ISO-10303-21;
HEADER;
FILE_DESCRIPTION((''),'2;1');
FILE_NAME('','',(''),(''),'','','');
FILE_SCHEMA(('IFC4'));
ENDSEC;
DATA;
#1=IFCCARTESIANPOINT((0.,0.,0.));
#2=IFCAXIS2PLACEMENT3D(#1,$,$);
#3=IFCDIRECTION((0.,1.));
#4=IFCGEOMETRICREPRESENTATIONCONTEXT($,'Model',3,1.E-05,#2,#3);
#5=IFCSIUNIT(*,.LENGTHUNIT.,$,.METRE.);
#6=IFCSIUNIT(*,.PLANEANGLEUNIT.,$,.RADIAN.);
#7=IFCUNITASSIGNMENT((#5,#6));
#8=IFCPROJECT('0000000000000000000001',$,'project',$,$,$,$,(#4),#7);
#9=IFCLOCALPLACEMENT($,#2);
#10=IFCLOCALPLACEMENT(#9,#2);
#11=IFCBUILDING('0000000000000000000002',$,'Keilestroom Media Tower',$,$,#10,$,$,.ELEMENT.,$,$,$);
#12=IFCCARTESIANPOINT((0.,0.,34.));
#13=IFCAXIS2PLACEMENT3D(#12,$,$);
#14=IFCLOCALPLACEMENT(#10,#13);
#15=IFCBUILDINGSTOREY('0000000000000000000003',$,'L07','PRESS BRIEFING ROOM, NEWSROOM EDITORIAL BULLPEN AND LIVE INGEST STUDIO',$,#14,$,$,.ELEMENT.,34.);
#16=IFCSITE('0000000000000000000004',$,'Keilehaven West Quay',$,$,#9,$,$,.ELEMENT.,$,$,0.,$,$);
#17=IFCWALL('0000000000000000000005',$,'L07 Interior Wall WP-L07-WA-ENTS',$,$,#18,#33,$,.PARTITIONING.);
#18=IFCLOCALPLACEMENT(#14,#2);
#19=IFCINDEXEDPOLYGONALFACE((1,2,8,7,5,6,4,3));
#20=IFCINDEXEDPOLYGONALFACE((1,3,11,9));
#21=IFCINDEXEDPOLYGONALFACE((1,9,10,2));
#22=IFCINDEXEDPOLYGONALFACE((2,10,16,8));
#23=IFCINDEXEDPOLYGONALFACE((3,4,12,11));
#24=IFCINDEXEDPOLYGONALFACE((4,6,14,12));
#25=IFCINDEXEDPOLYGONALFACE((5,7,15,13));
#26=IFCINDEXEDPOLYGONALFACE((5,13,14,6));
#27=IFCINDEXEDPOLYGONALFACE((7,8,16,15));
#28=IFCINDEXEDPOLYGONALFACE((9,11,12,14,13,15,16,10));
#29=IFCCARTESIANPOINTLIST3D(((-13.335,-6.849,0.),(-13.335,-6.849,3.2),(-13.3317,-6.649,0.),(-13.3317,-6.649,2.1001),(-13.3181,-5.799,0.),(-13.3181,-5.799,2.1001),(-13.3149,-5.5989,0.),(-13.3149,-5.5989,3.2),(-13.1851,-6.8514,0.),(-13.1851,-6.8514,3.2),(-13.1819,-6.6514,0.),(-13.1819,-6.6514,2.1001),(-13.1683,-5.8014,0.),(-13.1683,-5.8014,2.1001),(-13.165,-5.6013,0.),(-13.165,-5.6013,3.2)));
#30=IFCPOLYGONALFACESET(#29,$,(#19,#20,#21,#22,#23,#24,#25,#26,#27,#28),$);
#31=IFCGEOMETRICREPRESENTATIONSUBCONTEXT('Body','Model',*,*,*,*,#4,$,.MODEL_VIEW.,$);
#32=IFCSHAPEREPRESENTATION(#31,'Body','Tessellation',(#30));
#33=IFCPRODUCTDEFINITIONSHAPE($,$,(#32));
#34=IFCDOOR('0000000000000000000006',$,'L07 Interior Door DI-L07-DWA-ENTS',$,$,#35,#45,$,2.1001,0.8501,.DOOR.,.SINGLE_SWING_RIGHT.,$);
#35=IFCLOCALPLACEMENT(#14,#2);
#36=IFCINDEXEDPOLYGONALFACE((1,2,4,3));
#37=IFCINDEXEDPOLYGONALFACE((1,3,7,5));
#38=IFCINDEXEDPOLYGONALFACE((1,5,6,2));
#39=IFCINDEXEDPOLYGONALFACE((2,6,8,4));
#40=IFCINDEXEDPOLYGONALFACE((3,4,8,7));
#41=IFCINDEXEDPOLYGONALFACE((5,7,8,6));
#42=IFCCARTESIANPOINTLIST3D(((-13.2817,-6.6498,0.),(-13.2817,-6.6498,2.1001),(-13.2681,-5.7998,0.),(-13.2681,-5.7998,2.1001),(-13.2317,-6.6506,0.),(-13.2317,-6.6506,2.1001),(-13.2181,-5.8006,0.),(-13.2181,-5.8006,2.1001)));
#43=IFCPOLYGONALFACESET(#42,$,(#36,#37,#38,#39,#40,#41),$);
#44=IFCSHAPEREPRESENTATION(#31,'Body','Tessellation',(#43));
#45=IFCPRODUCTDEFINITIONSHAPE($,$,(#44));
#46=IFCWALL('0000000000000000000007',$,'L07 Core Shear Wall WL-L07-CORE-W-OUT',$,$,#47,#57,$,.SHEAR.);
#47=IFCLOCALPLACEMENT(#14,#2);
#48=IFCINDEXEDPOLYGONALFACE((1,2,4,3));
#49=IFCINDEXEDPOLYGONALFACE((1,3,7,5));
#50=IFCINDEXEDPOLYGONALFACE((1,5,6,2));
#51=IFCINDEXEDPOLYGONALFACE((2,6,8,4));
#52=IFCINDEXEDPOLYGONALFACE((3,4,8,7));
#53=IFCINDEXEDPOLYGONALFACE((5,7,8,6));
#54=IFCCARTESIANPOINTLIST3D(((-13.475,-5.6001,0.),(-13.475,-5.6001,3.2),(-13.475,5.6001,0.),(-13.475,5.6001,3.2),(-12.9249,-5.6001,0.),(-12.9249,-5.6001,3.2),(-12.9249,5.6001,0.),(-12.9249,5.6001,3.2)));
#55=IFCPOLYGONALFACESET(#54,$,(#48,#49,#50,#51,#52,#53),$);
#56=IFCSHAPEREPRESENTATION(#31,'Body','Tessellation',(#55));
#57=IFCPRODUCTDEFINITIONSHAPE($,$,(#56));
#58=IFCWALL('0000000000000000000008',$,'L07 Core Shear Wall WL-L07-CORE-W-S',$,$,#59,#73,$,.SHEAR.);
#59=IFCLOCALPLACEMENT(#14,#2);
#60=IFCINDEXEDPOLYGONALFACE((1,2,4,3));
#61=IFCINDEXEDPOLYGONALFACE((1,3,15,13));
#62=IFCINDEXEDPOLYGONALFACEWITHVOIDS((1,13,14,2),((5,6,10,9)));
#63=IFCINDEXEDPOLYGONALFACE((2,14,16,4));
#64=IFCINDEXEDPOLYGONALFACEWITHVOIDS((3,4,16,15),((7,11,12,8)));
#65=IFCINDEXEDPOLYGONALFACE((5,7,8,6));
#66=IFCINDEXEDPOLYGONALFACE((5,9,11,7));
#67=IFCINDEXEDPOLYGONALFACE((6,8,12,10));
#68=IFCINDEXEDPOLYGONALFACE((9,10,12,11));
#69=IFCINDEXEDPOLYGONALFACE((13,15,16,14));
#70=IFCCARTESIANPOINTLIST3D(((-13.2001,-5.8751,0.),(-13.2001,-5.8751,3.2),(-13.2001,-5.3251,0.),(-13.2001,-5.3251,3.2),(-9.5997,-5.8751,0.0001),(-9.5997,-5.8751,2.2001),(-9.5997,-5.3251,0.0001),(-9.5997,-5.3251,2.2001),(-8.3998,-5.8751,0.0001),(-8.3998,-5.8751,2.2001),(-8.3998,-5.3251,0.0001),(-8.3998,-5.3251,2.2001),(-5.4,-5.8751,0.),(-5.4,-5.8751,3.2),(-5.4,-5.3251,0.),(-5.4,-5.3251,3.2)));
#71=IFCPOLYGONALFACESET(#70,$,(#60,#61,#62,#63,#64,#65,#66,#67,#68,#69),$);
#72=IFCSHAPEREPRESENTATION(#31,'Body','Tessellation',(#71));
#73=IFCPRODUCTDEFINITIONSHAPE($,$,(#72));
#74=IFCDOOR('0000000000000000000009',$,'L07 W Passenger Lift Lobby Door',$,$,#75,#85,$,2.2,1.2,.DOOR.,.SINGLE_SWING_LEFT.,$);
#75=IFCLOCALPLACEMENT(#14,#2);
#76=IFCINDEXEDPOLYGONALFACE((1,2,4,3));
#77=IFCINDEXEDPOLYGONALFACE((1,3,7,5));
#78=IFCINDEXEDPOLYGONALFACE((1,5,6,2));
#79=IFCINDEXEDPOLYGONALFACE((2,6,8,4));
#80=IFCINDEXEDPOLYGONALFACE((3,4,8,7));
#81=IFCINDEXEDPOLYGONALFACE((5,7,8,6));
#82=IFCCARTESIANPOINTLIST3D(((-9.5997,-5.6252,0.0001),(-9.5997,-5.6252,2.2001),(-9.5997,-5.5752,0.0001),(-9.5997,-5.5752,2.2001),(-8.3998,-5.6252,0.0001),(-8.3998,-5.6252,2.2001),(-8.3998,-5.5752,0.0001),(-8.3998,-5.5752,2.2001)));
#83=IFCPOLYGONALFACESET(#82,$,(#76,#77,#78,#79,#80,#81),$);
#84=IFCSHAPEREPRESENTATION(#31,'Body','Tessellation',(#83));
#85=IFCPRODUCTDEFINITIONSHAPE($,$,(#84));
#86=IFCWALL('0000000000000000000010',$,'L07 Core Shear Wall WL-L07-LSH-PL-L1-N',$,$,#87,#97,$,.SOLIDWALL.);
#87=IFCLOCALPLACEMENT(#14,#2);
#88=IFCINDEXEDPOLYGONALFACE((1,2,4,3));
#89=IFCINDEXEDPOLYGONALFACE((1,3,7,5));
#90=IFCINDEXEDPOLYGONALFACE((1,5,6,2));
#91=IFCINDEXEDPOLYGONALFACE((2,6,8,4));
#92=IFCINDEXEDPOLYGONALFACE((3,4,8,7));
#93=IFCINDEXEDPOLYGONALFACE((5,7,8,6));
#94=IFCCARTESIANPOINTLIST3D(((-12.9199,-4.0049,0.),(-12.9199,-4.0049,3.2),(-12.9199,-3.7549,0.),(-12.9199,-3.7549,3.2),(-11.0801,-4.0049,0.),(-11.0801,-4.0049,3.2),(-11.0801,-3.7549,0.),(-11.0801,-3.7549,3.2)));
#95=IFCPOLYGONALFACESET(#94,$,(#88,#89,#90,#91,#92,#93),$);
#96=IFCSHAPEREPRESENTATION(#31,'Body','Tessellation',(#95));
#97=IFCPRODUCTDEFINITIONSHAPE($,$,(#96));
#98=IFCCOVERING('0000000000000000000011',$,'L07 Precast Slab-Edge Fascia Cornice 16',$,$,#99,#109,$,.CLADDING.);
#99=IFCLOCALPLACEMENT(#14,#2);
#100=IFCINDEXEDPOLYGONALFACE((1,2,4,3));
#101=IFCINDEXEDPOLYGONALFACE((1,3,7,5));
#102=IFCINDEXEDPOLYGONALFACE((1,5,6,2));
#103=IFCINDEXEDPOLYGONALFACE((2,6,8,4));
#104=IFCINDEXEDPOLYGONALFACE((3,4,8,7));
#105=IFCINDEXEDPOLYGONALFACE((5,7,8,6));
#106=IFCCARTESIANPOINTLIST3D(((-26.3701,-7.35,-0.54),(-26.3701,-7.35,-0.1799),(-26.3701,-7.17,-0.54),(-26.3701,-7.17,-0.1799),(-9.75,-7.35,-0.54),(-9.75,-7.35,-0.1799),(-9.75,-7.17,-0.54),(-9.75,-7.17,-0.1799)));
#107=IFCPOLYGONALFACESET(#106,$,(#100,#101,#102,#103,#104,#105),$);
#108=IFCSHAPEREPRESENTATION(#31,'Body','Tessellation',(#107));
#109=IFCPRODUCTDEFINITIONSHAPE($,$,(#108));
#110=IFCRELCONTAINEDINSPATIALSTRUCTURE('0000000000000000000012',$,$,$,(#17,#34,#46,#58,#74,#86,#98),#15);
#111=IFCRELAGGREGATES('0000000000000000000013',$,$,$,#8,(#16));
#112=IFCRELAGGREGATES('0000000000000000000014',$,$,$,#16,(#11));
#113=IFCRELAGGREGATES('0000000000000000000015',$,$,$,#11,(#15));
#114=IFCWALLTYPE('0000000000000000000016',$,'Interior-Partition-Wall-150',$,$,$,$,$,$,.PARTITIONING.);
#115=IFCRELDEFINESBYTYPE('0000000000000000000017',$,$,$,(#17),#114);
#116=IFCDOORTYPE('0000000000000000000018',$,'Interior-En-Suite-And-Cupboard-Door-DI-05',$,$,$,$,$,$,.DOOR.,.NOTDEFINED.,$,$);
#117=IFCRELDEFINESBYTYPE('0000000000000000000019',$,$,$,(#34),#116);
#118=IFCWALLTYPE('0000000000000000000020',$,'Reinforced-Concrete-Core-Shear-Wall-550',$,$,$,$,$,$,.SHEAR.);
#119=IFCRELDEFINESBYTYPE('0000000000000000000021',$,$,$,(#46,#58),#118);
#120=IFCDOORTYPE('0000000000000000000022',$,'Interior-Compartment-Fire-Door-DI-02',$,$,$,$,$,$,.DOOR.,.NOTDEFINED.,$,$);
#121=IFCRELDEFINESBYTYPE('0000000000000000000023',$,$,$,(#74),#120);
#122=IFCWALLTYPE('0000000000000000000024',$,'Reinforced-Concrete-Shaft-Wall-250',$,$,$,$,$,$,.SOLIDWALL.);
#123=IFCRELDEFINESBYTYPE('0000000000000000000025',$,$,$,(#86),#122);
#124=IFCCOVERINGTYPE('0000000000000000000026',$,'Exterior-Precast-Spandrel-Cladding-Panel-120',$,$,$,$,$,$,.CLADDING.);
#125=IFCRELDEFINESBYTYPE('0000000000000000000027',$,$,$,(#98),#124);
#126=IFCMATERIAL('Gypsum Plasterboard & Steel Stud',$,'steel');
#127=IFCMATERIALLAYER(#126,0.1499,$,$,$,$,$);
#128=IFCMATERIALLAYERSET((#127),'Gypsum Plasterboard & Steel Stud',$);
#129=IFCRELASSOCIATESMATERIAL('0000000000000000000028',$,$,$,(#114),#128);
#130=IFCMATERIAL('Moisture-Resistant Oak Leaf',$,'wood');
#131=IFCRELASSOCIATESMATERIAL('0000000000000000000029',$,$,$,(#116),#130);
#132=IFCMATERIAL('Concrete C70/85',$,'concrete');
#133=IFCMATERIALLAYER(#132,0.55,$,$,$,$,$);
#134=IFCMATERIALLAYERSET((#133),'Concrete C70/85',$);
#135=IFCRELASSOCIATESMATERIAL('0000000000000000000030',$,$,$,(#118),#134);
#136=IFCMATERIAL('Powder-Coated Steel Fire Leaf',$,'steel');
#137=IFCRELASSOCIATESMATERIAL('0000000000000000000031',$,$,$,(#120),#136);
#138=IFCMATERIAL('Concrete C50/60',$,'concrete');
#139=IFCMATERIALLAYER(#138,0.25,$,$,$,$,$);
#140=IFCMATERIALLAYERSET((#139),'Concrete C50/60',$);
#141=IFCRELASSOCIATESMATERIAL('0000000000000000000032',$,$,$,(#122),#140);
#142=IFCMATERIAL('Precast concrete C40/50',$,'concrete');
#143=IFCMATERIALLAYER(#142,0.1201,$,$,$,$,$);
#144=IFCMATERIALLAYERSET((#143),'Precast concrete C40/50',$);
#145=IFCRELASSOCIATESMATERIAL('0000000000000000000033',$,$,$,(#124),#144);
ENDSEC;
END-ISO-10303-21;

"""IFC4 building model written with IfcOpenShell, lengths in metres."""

from ifc_helpers import new_model, si_unit, direction, frame, frame_2d, origin, origin_2d, place, context, subcontext, project, spatial, rectangle, extrude, source, transform, mapped, material, layer, layer_set, type_object, element, fill, save


model = new_model("IFC4")

# Units and contexts
model_context = context("Model", 3, precision=1e-05, world=origin(), true_north=direction((0.0, 1.0)))
body_context = subcontext(model_context, "Body", "Model", "MODEL_VIEW")
ifc_project = project(units=[si_unit("LENGTHUNIT", "METRE"), si_unit("PLANEANGLEUNIT", "RADIAN")], contexts=[model_context])

# Site, building, storey
site_placement = place(None, origin())
site = spatial("IfcSite", under=ifc_project, at=site_placement, Name="Keilehaven West Quay", CompositionType="ELEMENT", RefElevation=0.0)
building_placement = place(site_placement, origin())
building = spatial("IfcBuilding", under=site, at=building_placement, Name="Keilestroom Media Tower", CompositionType="ELEMENT")
storey_placement = place(building_placement, frame((0.0, 0.0, 34.0)))
storey = spatial("IfcBuildingStorey", under=building, at=storey_placement, Name="L07", Description="PRESS BRIEFING ROOM, NEWSROOM EDITORIAL BULLPEN AND LIVE INGEST STUDIO", CompositionType="ELEMENT", Elevation=34.0)

# Shared definitions
ifc_material_1 = material(Name="Precast concrete C40/50", Category="concrete")

# Wall, opening, door
ifc_material_2 = material(Name="Gypsum Plasterboard & Steel Stud", Category="steel")
ifc_layer_1 = layer(ifc_material_2, 0.1499)
ifc_layer_set_1 = layer_set([ifc_layer_1], Name="Gypsum Plasterboard & Steel Stud")
wall_type_1 = type_object("IfcWallType", Name="Interior-Partition-Wall-150", PredefinedType="PARTITIONING", material=ifc_layer_set_1)
wall_1_placement = place(storey_placement, frame((-13.26, -6.8501, 0.0), z_axis=(0.0, 0.0, 1.0), x_axis=(0.016014, 0.999872, 0.0)))
wall_1 = element("IfcWall", 1, at=wall_1_placement, inside=storey, type_object=wall_type_1, Name="L07 Interior Wall WP-L07-WA-ENTS", PredefinedType="PARTITIONING", context=body_context, shape_type="SweptSolid", body=[
    extrude(rectangle(XDim=1.2502, YDim=0.1499, at=frame_2d((0.625, 0.0))), origin(), (0.0, 0.0, 1.0), 3.2),
])
opening_1_placement = place(wall_1_placement, frame((0.2, 0.0, 0.0)))
opening_1 = element("IfcOpeningElement", 2, at=opening_1_placement, cuts=wall_1, PredefinedType="OPENING", context=body_context, shape_type="SweptSolid", body=[
    extrude(rectangle(XDim=0.8501, YDim=2.1001, at=frame_2d((0.425, 1.05))), frame((0.0, 0.085, 0.0), z_axis=(0.0, -1.0, 0.0), x_axis=(1.0, 0.0, 0.0)), (0.0, 0.0, 1.0), 0.1699),
])
ifc_material_3 = material(Name="Moisture-Resistant Oak Leaf", Category="wood")
door_type_1 = type_object("IfcDoorType", Name="Interior-En-Suite-And-Cupboard-Door-DI-05", OperationType="NOTDEFINED", PredefinedType="DOOR", material=ifc_material_3)
shared_shape_1 = source(origin(), body_context, "Body", "SweptSolid", [
    extrude(rectangle(XDim=0.8501, YDim=2.1001, at=frame_2d((0.425, 1.05))), frame((0.0, 0.0249, 0.0), z_axis=(0.0, -1.0, 0.0), x_axis=(1.0, 0.0, 0.0)), (0.0, 0.0, 1.0), 0.05),
])
door_1_placement = place(opening_1_placement, origin())
door_1 = element("IfcDoor", 3, at=door_1_placement, inside=storey, type_object=door_type_1, Name="L07 Interior Door DI-L07-DWA-ENTS", OperationType="SINGLE_SWING_RIGHT", OverallHeight=2.1001, OverallWidth=0.8501, PredefinedType="DOOR", context=body_context, shape_type="MappedRepresentation", body=[
    mapped(shared_shape_1, transform((0.0, 0.0, 0.0), x_axis=(1.0, 0.0, 0.0), y_axis=(0.0, 1.0, 0.0), z_axis=(0.0, 0.0, 1.0), scale=1.0)),
])
fill(opening_1, door_1)

# Wall
ifc_material_4 = material(Name="Concrete C70/85", Category="concrete")
ifc_layer_2 = layer(ifc_material_4, 0.55)
ifc_layer_set_2 = layer_set([ifc_layer_2], Name="Concrete C70/85")
wall_type_2 = type_object("IfcWallType", Name="Reinforced-Concrete-Core-Shear-Wall-550", PredefinedType="SHEAR", material=ifc_layer_set_2)
wall_2_placement = place(storey_placement, frame((-13.2, -5.6001, 0.0), z_axis=(0.0, 0.0, 1.0), x_axis=(0.0, 1.0, 0.0)))
element("IfcWall", 4, at=wall_2_placement, inside=storey, type_object=wall_type_2, Name="L07 Core Shear Wall WL-L07-CORE-W-OUT", PredefinedType="SHEAR", context=body_context, shape_type="SweptSolid", body=[
    extrude(rectangle(XDim=11.2002, YDim=0.55, at=frame_2d((5.6001, 0.0))), origin(), (0.0, 0.0, 1.0), 3.2),
])

# Wall, opening, door
wall_3_placement = place(storey_placement, frame((-13.2, -5.6001, 0.0), z_axis=(0.0, 0.0, 1.0), x_axis=(1.0, 0.0, 0.0)))
wall_3 = element("IfcWall", 5, at=wall_3_placement, inside=storey, type_object=wall_type_2, Name="L07 Core Shear Wall WL-L07-CORE-W-S", PredefinedType="SHEAR", context=body_context, shape_type="SweptSolid", body=[
    extrude(rectangle(XDim=7.8, YDim=0.55, at=frame_2d((3.8999, 0.0))), origin(), (0.0, 0.0, 1.0), 3.2),
])
opening_2_placement = place(wall_3_placement, frame((3.6001, 0.0, 0.0)))
opening_2 = element("IfcOpeningElement", 6, at=opening_2_placement, cuts=wall_3, PredefinedType="OPENING", context=body_context, shape_type="SweptSolid", body=[
    extrude(rectangle(XDim=1.2, YDim=2.2, at=frame_2d((0.6001, 1.1001))), frame((0.0, 0.2852, 0.0), z_axis=(0.0, -1.0, 0.0), x_axis=(1.0, 0.0, 0.0)), (0.0, 0.0, 1.0), 0.5701),
])
ifc_material_5 = material(Name="Powder-Coated Steel Fire Leaf", Category="steel")
door_type_2 = type_object("IfcDoorType", Name="Interior-Compartment-Fire-Door-DI-02", OperationType="NOTDEFINED", PredefinedType="DOOR", material=ifc_material_5)
shared_shape_2 = source(origin(), body_context, "Body", "SweptSolid", [
    extrude(rectangle(XDim=1.2, YDim=2.2, at=frame_2d((0.6001, 1.1001))), frame((0.0, 0.0249, 0.0), z_axis=(0.0, -1.0, 0.0), x_axis=(1.0, 0.0, 0.0)), (0.0, 0.0, 1.0), 0.05),
])
door_2_placement = place(opening_2_placement, origin())
door_2 = element("IfcDoor", 7, at=door_2_placement, inside=storey, type_object=door_type_2, Name="L07 W Passenger Lift Lobby Door", OperationType="SINGLE_SWING_LEFT", OverallHeight=2.2, OverallWidth=1.2, PredefinedType="DOOR", context=body_context, shape_type="MappedRepresentation", body=[
    mapped(shared_shape_2, transform((0.0, 0.0, 0.0), x_axis=(1.0, 0.0, 0.0), y_axis=(0.0, 1.0, 0.0), z_axis=(0.0, 0.0, 1.0), scale=1.0)),
])
fill(opening_2, door_2)

# Wall
ifc_material_6 = material(Name="Concrete C50/60", Category="concrete")
ifc_layer_3 = layer(ifc_material_6, 0.25)
ifc_layer_set_3 = layer_set([ifc_layer_3], Name="Concrete C50/60")
wall_type_3 = type_object("IfcWallType", Name="Reinforced-Concrete-Shaft-Wall-250", PredefinedType="SOLIDWALL", material=ifc_layer_set_3)
wall_4_placement = place(storey_placement, frame((-12.9199, -3.8799, 0.0), z_axis=(0.0, 0.0, 1.0), x_axis=(1.0, 0.0, 0.0)))
element("IfcWall", 8, at=wall_4_placement, inside=storey, type_object=wall_type_3, Name="L07 Core Shear Wall WL-L07-LSH-PL-L1-N", PredefinedType="SOLIDWALL", context=body_context, shape_type="SweptSolid", body=[
    extrude(rectangle(XDim=1.8398, YDim=0.25, at=frame_2d((0.9199, 0.0))), origin(), (0.0, 0.0, 1.0), 3.2),
])

# Covering
ifc_layer_4 = layer(ifc_material_1, 0.1201)
ifc_layer_set_4 = layer_set([ifc_layer_4], Name="Precast concrete C40/50")
covering_type = type_object("IfcCoveringType", Name="Exterior-Precast-Spandrel-Cladding-Panel-120", PredefinedType="CLADDING", material=ifc_layer_set_4)
shared_shape_3 = source(origin(), body_context, "Body", "SweptSolid", [
    extrude(rectangle(XDim=16.6201, YDim=0.1799, at=origin_2d()), origin(), (0.0, 0.0, 1.0), 0.3601),
])
covering_placement = place(storey_placement, frame((-18.0601, -7.26, -0.54), z_axis=(0.0, 0.0, 1.0), x_axis=(-1.0, 0.0, 0.0)))
element("IfcCovering", 9, at=covering_placement, inside=storey, type_object=covering_type, Name="L07 Precast Slab-Edge Fascia Cornice 16", PredefinedType="CLADDING", context=body_context, shape_type="MappedRepresentation", body=[
    mapped(shared_shape_3, transform((0.0, 0.0, 0.0), x_axis=(1.0, 0.0, 0.0), y_axis=(0.0, 1.0, 0.0), z_axis=(0.0, 0.0, 1.0), scale=1.0)),
])

save(model, "model.ifc")
